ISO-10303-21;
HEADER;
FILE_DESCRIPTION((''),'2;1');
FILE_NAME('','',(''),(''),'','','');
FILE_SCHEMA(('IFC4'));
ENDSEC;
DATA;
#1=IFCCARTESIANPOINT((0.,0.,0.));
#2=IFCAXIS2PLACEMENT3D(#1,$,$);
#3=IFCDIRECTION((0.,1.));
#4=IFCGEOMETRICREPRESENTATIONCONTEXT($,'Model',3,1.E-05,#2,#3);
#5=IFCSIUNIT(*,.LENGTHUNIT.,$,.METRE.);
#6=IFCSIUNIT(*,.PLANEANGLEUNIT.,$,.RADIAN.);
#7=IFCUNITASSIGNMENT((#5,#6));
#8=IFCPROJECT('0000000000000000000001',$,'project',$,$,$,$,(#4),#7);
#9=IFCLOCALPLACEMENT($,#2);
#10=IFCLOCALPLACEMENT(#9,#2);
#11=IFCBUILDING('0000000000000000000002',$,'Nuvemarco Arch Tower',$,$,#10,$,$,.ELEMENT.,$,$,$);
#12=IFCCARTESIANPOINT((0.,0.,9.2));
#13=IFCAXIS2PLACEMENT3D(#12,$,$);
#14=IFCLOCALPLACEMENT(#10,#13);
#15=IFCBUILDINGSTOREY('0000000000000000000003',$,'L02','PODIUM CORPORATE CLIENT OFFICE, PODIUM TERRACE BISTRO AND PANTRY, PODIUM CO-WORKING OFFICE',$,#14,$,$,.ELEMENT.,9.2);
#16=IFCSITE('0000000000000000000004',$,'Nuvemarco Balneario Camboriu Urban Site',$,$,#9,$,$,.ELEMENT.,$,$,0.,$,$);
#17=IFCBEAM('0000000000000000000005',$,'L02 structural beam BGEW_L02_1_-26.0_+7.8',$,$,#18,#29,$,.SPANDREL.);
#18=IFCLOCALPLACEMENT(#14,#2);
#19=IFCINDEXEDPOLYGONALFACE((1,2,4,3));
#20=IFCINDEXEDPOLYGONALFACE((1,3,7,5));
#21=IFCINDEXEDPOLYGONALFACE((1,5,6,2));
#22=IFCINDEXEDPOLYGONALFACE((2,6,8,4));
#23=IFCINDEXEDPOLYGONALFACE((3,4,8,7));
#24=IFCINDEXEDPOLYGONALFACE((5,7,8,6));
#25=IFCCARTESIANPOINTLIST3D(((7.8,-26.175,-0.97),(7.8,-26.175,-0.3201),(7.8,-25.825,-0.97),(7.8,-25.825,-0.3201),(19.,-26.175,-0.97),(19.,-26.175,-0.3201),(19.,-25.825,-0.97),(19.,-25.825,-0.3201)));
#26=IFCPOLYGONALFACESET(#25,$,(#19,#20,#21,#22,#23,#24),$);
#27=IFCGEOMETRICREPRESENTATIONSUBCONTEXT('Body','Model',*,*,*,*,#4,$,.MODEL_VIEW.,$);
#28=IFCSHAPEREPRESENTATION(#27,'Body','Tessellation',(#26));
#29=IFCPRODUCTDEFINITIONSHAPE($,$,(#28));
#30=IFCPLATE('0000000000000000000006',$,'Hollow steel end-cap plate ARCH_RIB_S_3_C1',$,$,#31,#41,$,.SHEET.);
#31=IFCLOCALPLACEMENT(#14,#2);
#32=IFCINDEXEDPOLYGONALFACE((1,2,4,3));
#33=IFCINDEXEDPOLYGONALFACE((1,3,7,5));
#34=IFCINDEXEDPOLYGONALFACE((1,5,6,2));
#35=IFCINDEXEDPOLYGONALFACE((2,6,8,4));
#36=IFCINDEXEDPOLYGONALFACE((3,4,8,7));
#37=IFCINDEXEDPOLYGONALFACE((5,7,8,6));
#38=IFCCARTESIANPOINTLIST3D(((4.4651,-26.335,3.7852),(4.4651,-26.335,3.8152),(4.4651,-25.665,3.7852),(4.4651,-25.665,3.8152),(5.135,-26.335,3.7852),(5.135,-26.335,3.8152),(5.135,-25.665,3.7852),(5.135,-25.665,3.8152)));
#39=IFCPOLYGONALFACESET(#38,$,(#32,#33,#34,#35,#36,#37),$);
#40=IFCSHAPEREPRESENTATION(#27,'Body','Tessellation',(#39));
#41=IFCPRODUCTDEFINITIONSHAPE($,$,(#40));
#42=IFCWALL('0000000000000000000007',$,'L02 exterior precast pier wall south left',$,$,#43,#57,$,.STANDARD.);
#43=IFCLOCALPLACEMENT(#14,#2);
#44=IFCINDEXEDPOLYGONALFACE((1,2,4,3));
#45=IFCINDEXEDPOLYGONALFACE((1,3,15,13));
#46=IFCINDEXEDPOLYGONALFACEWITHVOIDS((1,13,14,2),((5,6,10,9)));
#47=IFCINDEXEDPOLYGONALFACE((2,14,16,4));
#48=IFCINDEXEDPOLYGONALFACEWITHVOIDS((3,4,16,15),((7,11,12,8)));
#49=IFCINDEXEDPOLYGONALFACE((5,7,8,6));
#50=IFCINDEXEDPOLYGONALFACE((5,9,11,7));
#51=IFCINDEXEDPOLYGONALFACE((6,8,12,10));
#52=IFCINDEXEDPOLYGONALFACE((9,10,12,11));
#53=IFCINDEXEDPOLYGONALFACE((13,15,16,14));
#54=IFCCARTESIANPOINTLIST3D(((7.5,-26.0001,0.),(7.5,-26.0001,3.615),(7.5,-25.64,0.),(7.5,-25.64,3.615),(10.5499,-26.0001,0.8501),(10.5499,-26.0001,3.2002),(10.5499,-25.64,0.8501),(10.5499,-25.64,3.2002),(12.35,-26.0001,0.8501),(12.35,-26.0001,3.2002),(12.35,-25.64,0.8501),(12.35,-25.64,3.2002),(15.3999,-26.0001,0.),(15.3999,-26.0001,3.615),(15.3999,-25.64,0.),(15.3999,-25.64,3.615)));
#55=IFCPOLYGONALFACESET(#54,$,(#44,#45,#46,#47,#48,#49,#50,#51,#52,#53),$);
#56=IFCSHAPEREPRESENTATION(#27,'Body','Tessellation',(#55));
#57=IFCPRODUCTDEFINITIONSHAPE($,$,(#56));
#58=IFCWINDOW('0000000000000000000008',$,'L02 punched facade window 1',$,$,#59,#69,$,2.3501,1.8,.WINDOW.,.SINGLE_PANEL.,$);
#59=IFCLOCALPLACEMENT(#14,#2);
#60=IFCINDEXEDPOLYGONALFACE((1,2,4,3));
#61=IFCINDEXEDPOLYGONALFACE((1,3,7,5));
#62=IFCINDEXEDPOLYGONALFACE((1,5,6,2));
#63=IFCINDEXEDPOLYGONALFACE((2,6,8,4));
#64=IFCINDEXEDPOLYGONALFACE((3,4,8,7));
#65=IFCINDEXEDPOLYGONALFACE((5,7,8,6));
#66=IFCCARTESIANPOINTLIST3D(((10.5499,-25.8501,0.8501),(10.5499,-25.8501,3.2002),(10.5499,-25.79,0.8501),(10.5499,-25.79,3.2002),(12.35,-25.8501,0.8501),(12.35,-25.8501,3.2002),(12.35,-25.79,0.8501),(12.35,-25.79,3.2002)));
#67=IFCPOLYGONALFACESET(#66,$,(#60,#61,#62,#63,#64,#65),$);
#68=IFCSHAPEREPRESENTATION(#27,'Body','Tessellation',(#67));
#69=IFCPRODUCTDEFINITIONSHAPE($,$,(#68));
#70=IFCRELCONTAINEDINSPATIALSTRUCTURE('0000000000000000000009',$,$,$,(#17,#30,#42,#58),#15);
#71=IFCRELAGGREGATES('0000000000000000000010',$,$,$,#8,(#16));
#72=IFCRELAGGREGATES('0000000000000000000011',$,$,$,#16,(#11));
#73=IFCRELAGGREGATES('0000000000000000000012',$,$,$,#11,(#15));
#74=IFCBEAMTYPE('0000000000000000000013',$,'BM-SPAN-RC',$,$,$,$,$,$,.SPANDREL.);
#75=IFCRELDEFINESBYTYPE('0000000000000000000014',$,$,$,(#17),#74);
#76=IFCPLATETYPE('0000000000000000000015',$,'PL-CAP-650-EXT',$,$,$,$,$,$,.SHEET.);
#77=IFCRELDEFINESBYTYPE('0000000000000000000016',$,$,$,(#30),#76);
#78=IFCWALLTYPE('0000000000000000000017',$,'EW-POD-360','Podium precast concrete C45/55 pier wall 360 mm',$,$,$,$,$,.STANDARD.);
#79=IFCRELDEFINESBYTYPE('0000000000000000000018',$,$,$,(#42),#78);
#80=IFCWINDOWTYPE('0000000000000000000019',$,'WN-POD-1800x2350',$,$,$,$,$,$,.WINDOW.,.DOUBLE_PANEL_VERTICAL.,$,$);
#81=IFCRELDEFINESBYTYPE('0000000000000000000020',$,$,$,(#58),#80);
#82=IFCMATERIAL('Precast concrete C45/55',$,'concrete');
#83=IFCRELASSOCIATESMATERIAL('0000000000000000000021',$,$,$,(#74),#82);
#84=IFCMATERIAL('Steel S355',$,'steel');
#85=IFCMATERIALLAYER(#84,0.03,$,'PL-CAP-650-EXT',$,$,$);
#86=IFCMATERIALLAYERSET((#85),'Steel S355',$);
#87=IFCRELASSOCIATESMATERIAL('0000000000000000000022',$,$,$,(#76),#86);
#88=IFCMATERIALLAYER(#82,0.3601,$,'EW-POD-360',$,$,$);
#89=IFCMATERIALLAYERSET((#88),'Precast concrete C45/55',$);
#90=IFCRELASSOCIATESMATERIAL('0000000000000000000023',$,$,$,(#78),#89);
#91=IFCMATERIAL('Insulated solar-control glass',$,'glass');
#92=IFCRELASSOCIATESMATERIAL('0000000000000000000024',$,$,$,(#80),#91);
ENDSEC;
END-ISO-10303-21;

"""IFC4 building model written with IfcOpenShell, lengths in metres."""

from ifc_helpers import new_model, si_unit, direction, frame, frame_2d, origin, origin_2d, place, context, subcontext, project, spatial, rectangle, extrude, source, transform, mapped, material, layer, layer_set, material_profile, profile_set, type_object, type_shapes, element, fill, save


model = new_model("IFC4")

# Units and contexts
model_context = context("Model", 3, precision=1e-05, world=origin(), true_north=direction((0.0, 1.0)))
body_context = subcontext(model_context, "Body", "Model", "MODEL_VIEW")
ifc_project = project(units=[si_unit("LENGTHUNIT", "METRE"), si_unit("PLANEANGLEUNIT", "RADIAN")], contexts=[model_context])

# Site, building, storey
site_placement = place(None, origin())
site = spatial("IfcSite", under=ifc_project, at=site_placement, Name="Nuvemarco Balneario Camboriu Urban Site", CompositionType="ELEMENT", RefElevation=0.0)
building_placement = place(site_placement, origin())
building = spatial("IfcBuilding", under=site, at=building_placement, Name="Nuvemarco Arch Tower", CompositionType="ELEMENT")
storey_placement = place(building_placement, frame((0.0, 0.0, 9.2)))
storey = spatial("IfcBuildingStorey", under=building, at=storey_placement, Name="L02", Description="PODIUM CORPORATE CLIENT OFFICE, PODIUM TERRACE BISTRO AND PANTRY, PODIUM CO-WORKING OFFICE", CompositionType="ELEMENT", Elevation=9.2)

# Beam
ifc_material_1 = material(Name="Steel S355", Category="steel")
ifc_material_2 = material(Name="Precast concrete C45/55", Category="concrete")
ifc_material_profile_1 = material_profile(ifc_material_2, rectangle(XDim=0.3501, YDim=0.6499, at=origin_2d()), Name="PC-SP-350x650")
ifc_profile_set_1 = profile_set([ifc_material_profile_1], Name="Precast concrete C45/55")
beam_type_1 = type_object("IfcBeamType", Name="BM-SPAN-RC", PredefinedType="SPANDREL", material=ifc_profile_set_1)
beam_1_placement = place(storey_placement, frame((7.8, -26.0, -0.645), z_axis=(1.0, 0.0, 0.0), x_axis=(0.0, 1.0, 0.0)))
element("IfcBeam", 1, at=beam_1_placement, inside=storey, type_object=beam_type_1, Name="L02 structural beam BGEW_L02_1_-26.0_+7.8", PredefinedType="SPANDREL", context=body_context, shape_type="SweptSolid", body=[
    extrude(rectangle(XDim=0.3501, YDim=0.6499, at=origin_2d()), origin(), (0.0, 0.0, 1.0), 11.2),
])

# Plate
ifc_layer_1 = layer(ifc_material_1, 0.03, Name="PL-CAP-650-EXT")
ifc_layer_set_1 = layer_set([ifc_layer_1], Name="Steel S355")
plate_type = type_object("IfcPlateType", Name="PL-CAP-650-EXT", PredefinedType="SHEET", material=ifc_layer_set_1)
shared_shape_1 = source(origin(), body_context, "Body", "SweptSolid", [
    extrude(rectangle(XDim=0.6699, YDim=0.6699, at=origin_2d()), origin(), (0.0, 0.0, 1.0), 0.03),
])
type_shapes(plate_type, [shared_shape_1])
plate_placement = place(storey_placement, frame((4.8, -26.0, 3.7852), z_axis=(0.0, 0.0, 1.0), x_axis=(1.0, 0.0, 0.0)))
element("IfcPlate", 2, at=plate_placement, inside=storey, type_object=plate_type, Name="Hollow steel end-cap plate ARCH_RIB_S_3_C1", PredefinedType="SHEET", context=body_context, shape_type="MappedRepresentation", body=[
    mapped(shared_shape_1, transform((0.0, 0.0, 0.0), scale=1.0)),
])

# Wall, opening, window
ifc_layer_2 = layer(ifc_material_2, 0.3601, Name="EW-POD-360")
ifc_layer_set_2 = layer_set([ifc_layer_2], Name="Precast concrete C45/55")
wall_type_1 = type_object("IfcWallType", Name="EW-POD-360", Description="Podium precast concrete C45/55 pier wall 360 mm", PredefinedType="STANDARD", material=ifc_layer_set_2)
wall_1_placement = place(storey_placement, frame((7.5, -25.8201, 0.0), z_axis=(0.0, 0.0, 1.0), x_axis=(1.0, 0.0, 0.0)))
wall_1 = element("IfcWall", 3, at=wall_1_placement, inside=storey, type_object=wall_type_1, Name="L02 exterior precast pier wall south left", PredefinedType="STANDARD", context=body_context, shape_type="SweptSolid", body=[
    extrude(rectangle(XDim=7.8999, YDim=0.3601, at=frame_2d((3.95, 0.0))), origin(), (0.0, 0.0, 1.0), 3.615),
])
opening_1_placement = place(wall_1_placement, frame((3.05, 0.0, 0.8501)))
opening_1 = element("IfcOpeningElement", 4, at=opening_1_placement, cuts=wall_1, PredefinedType="OPENING", context=body_context, shape_type="SweptSolid", body=[
    extrude(rectangle(XDim=1.8, YDim=2.3501, at=frame_2d((0.8999, 1.175))), frame((0.0, 0.1899, 0.0), z_axis=(0.0, -1.0, 0.0), x_axis=(1.0, 0.0, 0.0)), (0.0, 0.0, 1.0), 0.3801),
])
ifc_material_3 = material(Name="Insulated solar-control glass", Category="glass")
window_type_1 = type_object("IfcWindowType", Name="WN-POD-1800x2350", PartitioningType="DOUBLE_PANEL_VERTICAL", PredefinedType="WINDOW", material=ifc_material_3)
shared_shape_2 = source(origin(), body_context, "Body", "SweptSolid", [
    extrude(rectangle(XDim=1.8, YDim=2.3501, at=frame_2d((0.8999, 1.175))), frame((0.0, 0.03, 0.0), z_axis=(0.0, -1.0, 0.0), x_axis=(1.0, 0.0, 0.0)), (0.0, 0.0, 1.0), 0.0601),
])
type_shapes(window_type_1, [shared_shape_2])
window_1_placement = place(opening_1_placement, origin())
window_1 = element("IfcWindow", 5, at=window_1_placement, inside=storey, type_object=window_type_1, Name="L02 punched facade window 1", OverallHeight=2.3501, OverallWidth=1.8, PartitioningType="SINGLE_PANEL", PredefinedType="WINDOW", context=body_context, shape_type="MappedRepresentation", body=[
    mapped(shared_shape_2, transform((0.0, 0.0, 0.0), scale=1.0)),
])
fill(opening_1, window_1)

save(model, "model.ifc")
